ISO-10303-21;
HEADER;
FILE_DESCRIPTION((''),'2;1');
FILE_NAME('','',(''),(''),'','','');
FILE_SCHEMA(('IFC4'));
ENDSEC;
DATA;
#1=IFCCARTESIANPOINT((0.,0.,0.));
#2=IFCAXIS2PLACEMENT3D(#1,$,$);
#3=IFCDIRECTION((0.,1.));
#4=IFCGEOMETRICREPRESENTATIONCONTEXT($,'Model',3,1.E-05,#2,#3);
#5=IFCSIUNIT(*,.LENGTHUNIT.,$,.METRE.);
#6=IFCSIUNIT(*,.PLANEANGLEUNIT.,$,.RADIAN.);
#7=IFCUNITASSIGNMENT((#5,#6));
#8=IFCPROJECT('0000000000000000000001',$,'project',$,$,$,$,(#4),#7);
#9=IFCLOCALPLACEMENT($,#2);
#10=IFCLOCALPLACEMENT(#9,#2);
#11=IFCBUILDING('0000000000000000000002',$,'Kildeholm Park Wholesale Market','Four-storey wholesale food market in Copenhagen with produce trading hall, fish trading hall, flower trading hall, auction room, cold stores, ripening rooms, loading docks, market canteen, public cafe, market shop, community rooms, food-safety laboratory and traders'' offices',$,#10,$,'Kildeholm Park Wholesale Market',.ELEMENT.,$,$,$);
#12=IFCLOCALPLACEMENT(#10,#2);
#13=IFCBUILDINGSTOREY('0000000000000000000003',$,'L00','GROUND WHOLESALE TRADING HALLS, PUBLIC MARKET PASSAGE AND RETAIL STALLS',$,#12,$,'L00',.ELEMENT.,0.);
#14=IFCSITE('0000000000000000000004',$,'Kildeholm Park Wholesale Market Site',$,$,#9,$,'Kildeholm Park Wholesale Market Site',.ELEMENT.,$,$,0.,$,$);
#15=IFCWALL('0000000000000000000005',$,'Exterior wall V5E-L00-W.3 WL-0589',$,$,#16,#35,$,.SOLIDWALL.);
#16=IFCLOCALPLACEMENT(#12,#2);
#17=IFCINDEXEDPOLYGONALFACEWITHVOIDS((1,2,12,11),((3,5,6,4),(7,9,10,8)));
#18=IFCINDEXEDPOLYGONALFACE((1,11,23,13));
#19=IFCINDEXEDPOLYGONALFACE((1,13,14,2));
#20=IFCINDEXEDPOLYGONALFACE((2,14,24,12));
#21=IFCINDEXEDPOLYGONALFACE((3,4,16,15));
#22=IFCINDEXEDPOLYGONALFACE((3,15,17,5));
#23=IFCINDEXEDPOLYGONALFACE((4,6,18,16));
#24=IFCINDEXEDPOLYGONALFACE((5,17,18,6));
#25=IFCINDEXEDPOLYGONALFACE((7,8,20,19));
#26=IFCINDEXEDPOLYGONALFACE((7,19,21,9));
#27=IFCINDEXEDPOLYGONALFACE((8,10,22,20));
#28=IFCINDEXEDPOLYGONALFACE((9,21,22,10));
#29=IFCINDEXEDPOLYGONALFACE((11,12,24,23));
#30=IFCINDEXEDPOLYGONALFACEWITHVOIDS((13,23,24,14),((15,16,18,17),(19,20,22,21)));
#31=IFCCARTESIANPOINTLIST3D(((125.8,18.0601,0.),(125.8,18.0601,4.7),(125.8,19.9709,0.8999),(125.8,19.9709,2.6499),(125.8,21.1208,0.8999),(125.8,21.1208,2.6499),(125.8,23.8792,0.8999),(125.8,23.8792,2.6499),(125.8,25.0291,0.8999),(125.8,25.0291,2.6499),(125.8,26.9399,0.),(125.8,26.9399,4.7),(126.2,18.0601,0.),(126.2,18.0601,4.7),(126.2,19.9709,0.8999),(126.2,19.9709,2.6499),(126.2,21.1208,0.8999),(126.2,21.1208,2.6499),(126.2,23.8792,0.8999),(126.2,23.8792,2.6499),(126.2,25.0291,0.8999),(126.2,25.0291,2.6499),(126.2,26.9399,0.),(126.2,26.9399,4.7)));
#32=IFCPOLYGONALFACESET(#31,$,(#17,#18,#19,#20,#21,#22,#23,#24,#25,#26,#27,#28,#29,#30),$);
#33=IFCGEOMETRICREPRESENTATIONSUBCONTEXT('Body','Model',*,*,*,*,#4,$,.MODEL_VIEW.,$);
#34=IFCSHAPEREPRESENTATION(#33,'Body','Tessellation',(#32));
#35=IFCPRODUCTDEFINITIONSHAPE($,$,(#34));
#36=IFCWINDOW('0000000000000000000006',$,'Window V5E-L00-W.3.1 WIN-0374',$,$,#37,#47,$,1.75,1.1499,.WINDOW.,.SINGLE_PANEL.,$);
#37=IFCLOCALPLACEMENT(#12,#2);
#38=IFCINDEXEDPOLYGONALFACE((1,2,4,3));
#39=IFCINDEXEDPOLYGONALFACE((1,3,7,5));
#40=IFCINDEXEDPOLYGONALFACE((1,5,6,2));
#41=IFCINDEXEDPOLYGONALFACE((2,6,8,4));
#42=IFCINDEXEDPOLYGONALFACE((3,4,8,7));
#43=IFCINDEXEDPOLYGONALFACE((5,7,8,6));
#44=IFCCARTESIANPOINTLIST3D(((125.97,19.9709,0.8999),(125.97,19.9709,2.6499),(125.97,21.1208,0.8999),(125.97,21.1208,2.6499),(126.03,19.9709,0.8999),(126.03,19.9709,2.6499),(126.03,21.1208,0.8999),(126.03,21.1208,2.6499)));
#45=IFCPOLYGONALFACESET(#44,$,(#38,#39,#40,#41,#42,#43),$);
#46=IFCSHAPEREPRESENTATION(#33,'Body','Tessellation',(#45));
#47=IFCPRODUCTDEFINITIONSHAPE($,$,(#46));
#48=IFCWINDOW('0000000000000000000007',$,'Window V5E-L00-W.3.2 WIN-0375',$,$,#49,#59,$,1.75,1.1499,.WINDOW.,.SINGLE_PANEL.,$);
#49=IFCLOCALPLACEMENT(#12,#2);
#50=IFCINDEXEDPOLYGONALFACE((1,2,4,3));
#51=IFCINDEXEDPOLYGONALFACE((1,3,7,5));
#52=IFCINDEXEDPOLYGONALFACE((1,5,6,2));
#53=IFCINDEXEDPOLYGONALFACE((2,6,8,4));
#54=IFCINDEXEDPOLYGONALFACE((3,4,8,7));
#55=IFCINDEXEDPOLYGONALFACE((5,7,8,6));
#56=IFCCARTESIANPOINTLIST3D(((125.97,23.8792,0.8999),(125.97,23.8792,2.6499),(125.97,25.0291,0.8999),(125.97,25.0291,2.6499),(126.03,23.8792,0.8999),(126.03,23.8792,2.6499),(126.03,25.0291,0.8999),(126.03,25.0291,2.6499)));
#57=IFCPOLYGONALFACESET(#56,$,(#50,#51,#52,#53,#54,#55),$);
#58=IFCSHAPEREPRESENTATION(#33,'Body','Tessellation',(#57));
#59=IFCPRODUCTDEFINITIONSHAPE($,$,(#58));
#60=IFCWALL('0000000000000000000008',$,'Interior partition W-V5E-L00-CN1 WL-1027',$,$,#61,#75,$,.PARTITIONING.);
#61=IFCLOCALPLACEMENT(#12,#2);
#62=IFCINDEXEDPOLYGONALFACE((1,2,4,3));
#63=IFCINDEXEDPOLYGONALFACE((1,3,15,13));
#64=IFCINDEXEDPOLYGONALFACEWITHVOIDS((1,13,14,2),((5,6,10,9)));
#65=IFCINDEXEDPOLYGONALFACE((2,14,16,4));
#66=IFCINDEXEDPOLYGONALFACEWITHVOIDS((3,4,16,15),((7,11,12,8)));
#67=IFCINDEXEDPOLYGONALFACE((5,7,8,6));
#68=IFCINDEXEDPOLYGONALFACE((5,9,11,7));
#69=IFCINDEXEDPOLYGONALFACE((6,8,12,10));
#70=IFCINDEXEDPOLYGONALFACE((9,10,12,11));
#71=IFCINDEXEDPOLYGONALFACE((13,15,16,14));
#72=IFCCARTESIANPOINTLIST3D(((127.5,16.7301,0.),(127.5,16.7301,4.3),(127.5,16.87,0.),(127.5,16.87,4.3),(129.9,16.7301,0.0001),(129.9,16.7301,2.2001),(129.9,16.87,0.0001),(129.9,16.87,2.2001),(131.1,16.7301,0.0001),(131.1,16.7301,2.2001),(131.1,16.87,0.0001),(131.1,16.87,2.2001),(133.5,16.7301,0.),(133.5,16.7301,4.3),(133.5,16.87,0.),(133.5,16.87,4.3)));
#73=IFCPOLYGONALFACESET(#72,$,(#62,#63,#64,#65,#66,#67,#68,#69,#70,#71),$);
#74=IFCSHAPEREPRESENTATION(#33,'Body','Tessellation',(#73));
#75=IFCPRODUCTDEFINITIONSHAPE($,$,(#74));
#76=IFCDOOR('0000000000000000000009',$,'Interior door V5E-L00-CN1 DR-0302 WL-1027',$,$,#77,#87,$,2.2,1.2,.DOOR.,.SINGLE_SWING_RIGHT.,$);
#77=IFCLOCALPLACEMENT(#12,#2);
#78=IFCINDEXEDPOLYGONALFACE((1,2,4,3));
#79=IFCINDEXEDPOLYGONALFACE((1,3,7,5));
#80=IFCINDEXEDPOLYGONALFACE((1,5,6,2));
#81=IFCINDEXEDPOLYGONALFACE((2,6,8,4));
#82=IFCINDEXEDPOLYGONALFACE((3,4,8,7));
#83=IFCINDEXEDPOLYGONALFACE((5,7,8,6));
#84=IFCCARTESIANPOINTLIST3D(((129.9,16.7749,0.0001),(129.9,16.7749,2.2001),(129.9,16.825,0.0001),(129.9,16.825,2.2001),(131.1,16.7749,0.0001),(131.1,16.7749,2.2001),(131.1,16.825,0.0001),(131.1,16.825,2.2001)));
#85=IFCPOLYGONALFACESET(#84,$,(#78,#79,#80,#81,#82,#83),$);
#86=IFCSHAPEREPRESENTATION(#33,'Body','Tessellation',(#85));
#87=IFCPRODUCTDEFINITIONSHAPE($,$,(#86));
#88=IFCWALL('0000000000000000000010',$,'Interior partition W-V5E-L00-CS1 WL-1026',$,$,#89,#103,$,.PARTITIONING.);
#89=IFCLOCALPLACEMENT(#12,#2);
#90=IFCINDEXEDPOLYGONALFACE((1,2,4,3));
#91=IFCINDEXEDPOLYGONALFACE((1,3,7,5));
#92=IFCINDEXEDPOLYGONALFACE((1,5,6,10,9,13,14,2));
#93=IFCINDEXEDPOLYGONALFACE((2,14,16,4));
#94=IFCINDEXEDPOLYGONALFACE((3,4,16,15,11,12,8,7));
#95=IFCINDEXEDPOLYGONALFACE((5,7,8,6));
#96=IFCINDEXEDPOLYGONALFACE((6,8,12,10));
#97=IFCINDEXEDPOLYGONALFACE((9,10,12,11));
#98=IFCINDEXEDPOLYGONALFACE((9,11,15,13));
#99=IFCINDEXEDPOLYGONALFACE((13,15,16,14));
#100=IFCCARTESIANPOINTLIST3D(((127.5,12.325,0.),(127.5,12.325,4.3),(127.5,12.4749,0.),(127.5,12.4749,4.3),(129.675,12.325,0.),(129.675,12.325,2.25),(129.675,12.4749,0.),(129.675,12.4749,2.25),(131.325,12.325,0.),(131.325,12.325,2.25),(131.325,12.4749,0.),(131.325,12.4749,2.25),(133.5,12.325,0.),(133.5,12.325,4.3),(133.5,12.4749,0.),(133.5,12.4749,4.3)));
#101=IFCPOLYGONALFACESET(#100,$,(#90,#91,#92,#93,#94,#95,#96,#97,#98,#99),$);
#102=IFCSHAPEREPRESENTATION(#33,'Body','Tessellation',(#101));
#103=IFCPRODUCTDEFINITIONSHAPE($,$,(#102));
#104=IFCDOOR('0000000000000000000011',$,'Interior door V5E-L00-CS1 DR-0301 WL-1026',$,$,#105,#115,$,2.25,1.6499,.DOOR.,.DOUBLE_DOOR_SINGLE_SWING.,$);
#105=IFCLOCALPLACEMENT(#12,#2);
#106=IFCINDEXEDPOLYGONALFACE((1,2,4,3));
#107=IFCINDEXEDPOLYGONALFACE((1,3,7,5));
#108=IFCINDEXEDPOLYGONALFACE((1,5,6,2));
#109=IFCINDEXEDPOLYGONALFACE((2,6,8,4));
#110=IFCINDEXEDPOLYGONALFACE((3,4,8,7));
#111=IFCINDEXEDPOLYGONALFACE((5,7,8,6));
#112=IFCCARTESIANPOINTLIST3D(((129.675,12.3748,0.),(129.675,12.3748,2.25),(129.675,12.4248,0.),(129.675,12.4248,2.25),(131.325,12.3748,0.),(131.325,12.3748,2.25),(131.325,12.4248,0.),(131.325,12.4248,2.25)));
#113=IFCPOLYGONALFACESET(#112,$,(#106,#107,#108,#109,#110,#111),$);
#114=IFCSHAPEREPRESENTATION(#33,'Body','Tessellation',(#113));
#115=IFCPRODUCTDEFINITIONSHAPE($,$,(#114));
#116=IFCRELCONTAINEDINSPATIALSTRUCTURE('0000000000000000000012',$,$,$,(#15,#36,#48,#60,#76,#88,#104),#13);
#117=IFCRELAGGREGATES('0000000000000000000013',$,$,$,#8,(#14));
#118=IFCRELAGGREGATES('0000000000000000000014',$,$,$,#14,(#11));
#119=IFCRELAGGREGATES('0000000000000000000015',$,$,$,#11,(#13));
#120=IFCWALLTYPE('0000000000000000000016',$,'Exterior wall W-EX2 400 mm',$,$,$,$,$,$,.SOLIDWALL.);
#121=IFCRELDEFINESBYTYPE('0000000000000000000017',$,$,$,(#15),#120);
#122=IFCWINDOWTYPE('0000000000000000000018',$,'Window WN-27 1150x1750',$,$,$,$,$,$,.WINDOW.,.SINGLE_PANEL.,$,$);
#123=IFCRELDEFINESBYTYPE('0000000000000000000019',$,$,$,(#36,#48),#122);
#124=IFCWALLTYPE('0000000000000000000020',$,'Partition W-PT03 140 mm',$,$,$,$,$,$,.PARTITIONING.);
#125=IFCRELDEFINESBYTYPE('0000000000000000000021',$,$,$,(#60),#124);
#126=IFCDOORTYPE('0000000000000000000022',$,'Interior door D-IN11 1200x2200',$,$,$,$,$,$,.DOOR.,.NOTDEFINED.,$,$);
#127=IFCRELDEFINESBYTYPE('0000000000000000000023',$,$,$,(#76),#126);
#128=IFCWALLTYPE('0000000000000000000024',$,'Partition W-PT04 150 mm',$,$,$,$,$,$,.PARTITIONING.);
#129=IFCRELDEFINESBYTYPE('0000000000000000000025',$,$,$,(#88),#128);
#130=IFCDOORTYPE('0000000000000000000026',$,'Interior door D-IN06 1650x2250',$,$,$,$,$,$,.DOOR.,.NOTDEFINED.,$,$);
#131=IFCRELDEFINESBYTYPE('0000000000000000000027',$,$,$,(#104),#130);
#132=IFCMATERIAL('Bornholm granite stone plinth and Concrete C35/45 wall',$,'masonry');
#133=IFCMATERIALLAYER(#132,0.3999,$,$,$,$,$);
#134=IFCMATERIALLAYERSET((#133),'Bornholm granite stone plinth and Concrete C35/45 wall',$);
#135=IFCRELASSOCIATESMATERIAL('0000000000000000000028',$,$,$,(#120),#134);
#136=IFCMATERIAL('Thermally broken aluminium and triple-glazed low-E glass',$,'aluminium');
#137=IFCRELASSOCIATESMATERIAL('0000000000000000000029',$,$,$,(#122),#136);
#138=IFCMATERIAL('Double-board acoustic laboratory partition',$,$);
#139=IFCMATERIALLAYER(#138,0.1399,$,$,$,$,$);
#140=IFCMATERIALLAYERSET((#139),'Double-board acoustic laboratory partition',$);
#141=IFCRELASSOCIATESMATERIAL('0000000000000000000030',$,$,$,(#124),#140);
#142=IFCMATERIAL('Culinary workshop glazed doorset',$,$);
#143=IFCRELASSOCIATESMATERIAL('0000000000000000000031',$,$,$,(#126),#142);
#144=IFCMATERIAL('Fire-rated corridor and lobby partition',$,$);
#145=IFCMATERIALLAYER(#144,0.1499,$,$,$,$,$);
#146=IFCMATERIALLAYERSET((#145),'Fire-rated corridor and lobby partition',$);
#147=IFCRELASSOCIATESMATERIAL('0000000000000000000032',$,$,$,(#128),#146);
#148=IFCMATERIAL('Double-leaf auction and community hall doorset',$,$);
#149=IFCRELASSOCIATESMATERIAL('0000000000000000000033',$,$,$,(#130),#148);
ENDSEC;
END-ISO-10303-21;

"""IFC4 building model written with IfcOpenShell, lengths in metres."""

from ifc_helpers import new_model, si_unit, direction, frame, frame_2d, origin, place, context, subcontext, project, spatial, rectangle, extrude, material, layer, layer_set, type_object, element, fill, save


model = new_model("IFC4")

# Units and contexts
model_context = context("Model", 3, precision=1e-05, world=origin(), true_north=direction((0.0, 1.0)))
body_context = subcontext(model_context, "Body", "Model", "MODEL_VIEW")
ifc_project = project(units=[si_unit("LENGTHUNIT", "METRE"), si_unit("PLANEANGLEUNIT", "RADIAN")], contexts=[model_context])

# Site, building, storey
site_placement = place(None, origin())
site = spatial("IfcSite", under=ifc_project, at=site_placement, Name="Kildeholm Park Wholesale Market Site", LongName="Kildeholm Park Wholesale Market Site", CompositionType="ELEMENT", RefElevation=0.0)
building_placement = place(site_placement, origin())
building = spatial("IfcBuilding", under=site, at=building_placement, Name="Kildeholm Park Wholesale Market", Description="Four-storey wholesale food market in Copenhagen with produce trading hall, fish trading hall, flower trading hall, auction room, cold stores, ripening rooms, loading docks, market canteen, public cafe, market shop, community rooms, food-safety laboratory and traders' offices", LongName="Kildeholm Park Wholesale Market", CompositionType="ELEMENT")
storey_placement = place(building_placement, origin())
storey = spatial("IfcBuildingStorey", under=building, at=storey_placement, Name="L00", Description="GROUND WHOLESALE TRADING HALLS, PUBLIC MARKET PASSAGE AND RETAIL STALLS", LongName="L00", CompositionType="ELEMENT", Elevation=0.0)

# Shared definitions
ifc_material_1 = material(Name="Bornholm granite stone plinth and Concrete C35/45 wall", Category="masonry")
ifc_layer_1 = layer(ifc_material_1, 0.3999)
ifc_layer_set_1 = layer_set([ifc_layer_1], Name="Bornholm granite stone plinth and Concrete C35/45 wall")
wall_type_1 = type_object("IfcWallType", Name="Exterior wall W-EX2 400 mm", PredefinedType="SOLIDWALL", material=ifc_layer_set_1)

# Wall, openings, windows
wall_1_placement = place(storey_placement, frame((126.0, 18.0601, 0.0), z_axis=(0.0, 0.0, 1.0), x_axis=(0.0, 1.0, 0.0)))
wall_1 = element("IfcWall", 1, at=wall_1_placement, inside=storey, type_object=wall_type_1, Name="Exterior wall V5E-L00-W.3 WL-0589", PredefinedType="SOLIDWALL", context=body_context, shape_type="SweptSolid", body=[
    extrude(rectangle(XDim=8.8799, YDim=0.3999, at=frame_2d((4.4399, 0.0))), origin(), (0.0, 0.0, 1.0), 4.7),
])
opening_1_placement = place(wall_1_placement, frame((1.9109, 0.0, 0.8999)))
opening_1 = element("IfcOpeningElement", 2, at=opening_1_placement, cuts=wall_1, PredefinedType="OPENING", context=body_context, shape_type="SweptSolid", body=[
    extrude(rectangle(XDim=1.1499, YDim=1.75, at=frame_2d((0.575, 0.875))), frame((0.0, 0.21, 0.0), z_axis=(0.0, -1.0, 0.0), x_axis=(1.0, 0.0, 0.0)), (0.0, 0.0, 1.0), 0.4199),
])
opening_2_placement = place(wall_1_placement, frame((5.8191, 0.0, 0.8999)))
opening_2 = element("IfcOpeningElement", 3, at=opening_2_placement, cuts=wall_1, PredefinedType="OPENING", context=body_context, shape_type="SweptSolid", body=[
    extrude(rectangle(XDim=1.1499, YDim=1.75, at=frame_2d((0.575, 0.875))), frame((0.0, 0.21, 0.0), z_axis=(0.0, -1.0, 0.0), x_axis=(1.0, 0.0, 0.0)), (0.0, 0.0, 1.0), 0.4199),
])
ifc_material_2 = material(Name="Thermally broken aluminium and triple-glazed low-E glass", Category="aluminium")
window_type = type_object("IfcWindowType", Name="Window WN-27 1150x1750", PartitioningType="SINGLE_PANEL", PredefinedType="WINDOW", material=ifc_material_2)
window_1_placement = place(opening_1_placement, origin())
window_1 = element("IfcWindow", 4, at=window_1_placement, inside=storey, type_object=window_type, Name="Window V5E-L00-W.3.1 WIN-0374", OverallHeight=1.75, OverallWidth=1.1499, PartitioningType="SINGLE_PANEL", PredefinedType="WINDOW", context=body_context, shape_type="SweptSolid", body=[
    extrude(rectangle(XDim=1.1499, YDim=1.75, at=frame_2d((0.575, 0.875))), frame((0.0, 0.03, 0.0), z_axis=(0.0, -1.0, 0.0), x_axis=(1.0, 0.0, 0.0)), (0.0, 0.0, 1.0), 0.0601),
])
fill(opening_1, window_1)
window_2_placement = place(opening_2_placement, origin())
window_2 = element("IfcWindow", 5, at=window_2_placement, inside=storey, type_object=window_type, Name="Window V5E-L00-W.3.2 WIN-0375", OverallHeight=1.75, OverallWidth=1.1499, PartitioningType="SINGLE_PANEL", PredefinedType="WINDOW", context=body_context, shape_type="SweptSolid", body=[
    extrude(rectangle(XDim=1.1499, YDim=1.75, at=frame_2d((0.575, 0.875))), frame((0.0, 0.03, 0.0), z_axis=(0.0, -1.0, 0.0), x_axis=(1.0, 0.0, 0.0)), (0.0, 0.0, 1.0), 0.0601),
])
fill(opening_2, window_2)

# Walls, openings, doors
ifc_material_3 = material(Name="Double-board acoustic laboratory partition")
ifc_layer_2 = layer(ifc_material_3, 0.1399)
ifc_layer_set_2 = layer_set([ifc_layer_2], Name="Double-board acoustic laboratory partition")
wall_type_2 = type_object("IfcWallType", Name="Partition W-PT03 140 mm", PredefinedType="PARTITIONING", material=ifc_layer_set_2)
wall_2_placement = place(storey_placement, frame((127.5, 16.8, 0.0), z_axis=(0.0, 0.0, 1.0), x_axis=(1.0, 0.0, 0.0)))
wall_2 = element("IfcWall", 6, at=wall_2_placement, inside=storey, type_object=wall_type_2, Name="Interior partition W-V5E-L00-CN1 WL-1027", PredefinedType="PARTITIONING", context=body_context, shape_type="SweptSolid", body=[
    extrude(rectangle(XDim=6.0, YDim=0.1399, at=frame_2d((3.0, 0.0))), origin(), (0.0, 0.0, 1.0), 4.3),
])
opening_3_placement = place(wall_2_placement, frame((2.3999, 0.0, 0.0)))
opening_3 = element("IfcOpeningElement", 7, at=opening_3_placement, cuts=wall_2, PredefinedType="OPENING", context=body_context, shape_type="SweptSolid", body=[
    extrude(rectangle(XDim=1.2, YDim=2.2, at=frame_2d((0.6001, 1.1001))), frame((0.0, 0.0798, 0.0), z_axis=(0.0, -1.0, 0.0), x_axis=(1.0, 0.0, 0.0)), (0.0, 0.0, 1.0), 0.1599),
])
ifc_material_4 = material(Name="Culinary workshop glazed doorset")
door_type_1 = type_object("IfcDoorType", Name="Interior door D-IN11 1200x2200", OperationType="NOTDEFINED", PredefinedType="DOOR", material=ifc_material_4)
door_1_placement = place(opening_3_placement, origin())
door_1 = element("IfcDoor", 8, at=door_1_placement, inside=storey, type_object=door_type_1, Name="Interior door V5E-L00-CN1 DR-0302 WL-1027", OperationType="SINGLE_SWING_RIGHT", OverallHeight=2.2, OverallWidth=1.2, PredefinedType="DOOR", context=body_context, shape_type="SweptSolid", body=[
    extrude(rectangle(XDim=1.2, YDim=2.2, at=frame_2d((0.6001, 1.1001))), frame((0.0, 0.0249, 0.0), z_axis=(0.0, -1.0, 0.0), x_axis=(1.0, 0.0, 0.0)), (0.0, 0.0, 1.0), 0.05),
])
fill(opening_3, door_1)
ifc_material_5 = material(Name="Fire-rated corridor and lobby partition")
ifc_layer_3 = layer(ifc_material_5, 0.1499)
ifc_layer_set_3 = layer_set([ifc_layer_3], Name="Fire-rated corridor and lobby partition")
wall_type_3 = type_object("IfcWallType", Name="Partition W-PT04 150 mm", PredefinedType="PARTITIONING", material=ifc_layer_set_3)
wall_3_placement = place(storey_placement, frame((127.5, 12.3999, 0.0), z_axis=(0.0, 0.0, 1.0), x_axis=(1.0, 0.0, 0.0)))
wall_3 = element("IfcWall", 9, at=wall_3_placement, inside=storey, type_object=wall_type_3, Name="Interior partition W-V5E-L00-CS1 WL-1026", PredefinedType="PARTITIONING", context=body_context, shape_type="SweptSolid", body=[
    extrude(rectangle(XDim=6.0, YDim=0.1499, at=frame_2d((3.0, 0.0))), origin(), (0.0, 0.0, 1.0), 4.3),
])
opening_4_placement = place(wall_3_placement, frame((2.175, 0.0, 0.0)))
opening_4 = element("IfcOpeningElement", 10, at=opening_4_placement, cuts=wall_3, PredefinedType="OPENING", context=body_context, shape_type="SweptSolid", body=[
    extrude(rectangle(XDim=1.6499, YDim=2.25, at=frame_2d((0.825, 1.125))), frame((0.0, 0.085, 0.0), z_axis=(0.0, -1.0, 0.0), x_axis=(1.0, 0.0, 0.0)), (0.0, 0.0, 1.0), 0.1699),
])
ifc_material_6 = material(Name="Double-leaf auction and community hall doorset")
door_type_2 = type_object("IfcDoorType", Name="Interior door D-IN06 1650x2250", OperationType="NOTDEFINED", PredefinedType="DOOR", material=ifc_material_6)
door_2_placement = place(opening_4_placement, origin())
door_2 = element("IfcDoor", 11, at=door_2_placement, inside=storey, type_object=door_type_2, Name="Interior door V5E-L00-CS1 DR-0301 WL-1026", OperationType="DOUBLE_DOOR_SINGLE_SWING", OverallHeight=2.25, OverallWidth=1.6499, PredefinedType="DOOR", context=body_context, shape_type="SweptSolid", body=[
    extrude(rectangle(XDim=1.6499, YDim=2.25, at=frame_2d((0.825, 1.125))), frame((0.0, 0.0249, 0.0), z_axis=(0.0, -1.0, 0.0), x_axis=(1.0, 0.0, 0.0)), (0.0, 0.0, 1.0), 0.05),
])
fill(opening_4, door_2)

save(model, "model.ifc")
